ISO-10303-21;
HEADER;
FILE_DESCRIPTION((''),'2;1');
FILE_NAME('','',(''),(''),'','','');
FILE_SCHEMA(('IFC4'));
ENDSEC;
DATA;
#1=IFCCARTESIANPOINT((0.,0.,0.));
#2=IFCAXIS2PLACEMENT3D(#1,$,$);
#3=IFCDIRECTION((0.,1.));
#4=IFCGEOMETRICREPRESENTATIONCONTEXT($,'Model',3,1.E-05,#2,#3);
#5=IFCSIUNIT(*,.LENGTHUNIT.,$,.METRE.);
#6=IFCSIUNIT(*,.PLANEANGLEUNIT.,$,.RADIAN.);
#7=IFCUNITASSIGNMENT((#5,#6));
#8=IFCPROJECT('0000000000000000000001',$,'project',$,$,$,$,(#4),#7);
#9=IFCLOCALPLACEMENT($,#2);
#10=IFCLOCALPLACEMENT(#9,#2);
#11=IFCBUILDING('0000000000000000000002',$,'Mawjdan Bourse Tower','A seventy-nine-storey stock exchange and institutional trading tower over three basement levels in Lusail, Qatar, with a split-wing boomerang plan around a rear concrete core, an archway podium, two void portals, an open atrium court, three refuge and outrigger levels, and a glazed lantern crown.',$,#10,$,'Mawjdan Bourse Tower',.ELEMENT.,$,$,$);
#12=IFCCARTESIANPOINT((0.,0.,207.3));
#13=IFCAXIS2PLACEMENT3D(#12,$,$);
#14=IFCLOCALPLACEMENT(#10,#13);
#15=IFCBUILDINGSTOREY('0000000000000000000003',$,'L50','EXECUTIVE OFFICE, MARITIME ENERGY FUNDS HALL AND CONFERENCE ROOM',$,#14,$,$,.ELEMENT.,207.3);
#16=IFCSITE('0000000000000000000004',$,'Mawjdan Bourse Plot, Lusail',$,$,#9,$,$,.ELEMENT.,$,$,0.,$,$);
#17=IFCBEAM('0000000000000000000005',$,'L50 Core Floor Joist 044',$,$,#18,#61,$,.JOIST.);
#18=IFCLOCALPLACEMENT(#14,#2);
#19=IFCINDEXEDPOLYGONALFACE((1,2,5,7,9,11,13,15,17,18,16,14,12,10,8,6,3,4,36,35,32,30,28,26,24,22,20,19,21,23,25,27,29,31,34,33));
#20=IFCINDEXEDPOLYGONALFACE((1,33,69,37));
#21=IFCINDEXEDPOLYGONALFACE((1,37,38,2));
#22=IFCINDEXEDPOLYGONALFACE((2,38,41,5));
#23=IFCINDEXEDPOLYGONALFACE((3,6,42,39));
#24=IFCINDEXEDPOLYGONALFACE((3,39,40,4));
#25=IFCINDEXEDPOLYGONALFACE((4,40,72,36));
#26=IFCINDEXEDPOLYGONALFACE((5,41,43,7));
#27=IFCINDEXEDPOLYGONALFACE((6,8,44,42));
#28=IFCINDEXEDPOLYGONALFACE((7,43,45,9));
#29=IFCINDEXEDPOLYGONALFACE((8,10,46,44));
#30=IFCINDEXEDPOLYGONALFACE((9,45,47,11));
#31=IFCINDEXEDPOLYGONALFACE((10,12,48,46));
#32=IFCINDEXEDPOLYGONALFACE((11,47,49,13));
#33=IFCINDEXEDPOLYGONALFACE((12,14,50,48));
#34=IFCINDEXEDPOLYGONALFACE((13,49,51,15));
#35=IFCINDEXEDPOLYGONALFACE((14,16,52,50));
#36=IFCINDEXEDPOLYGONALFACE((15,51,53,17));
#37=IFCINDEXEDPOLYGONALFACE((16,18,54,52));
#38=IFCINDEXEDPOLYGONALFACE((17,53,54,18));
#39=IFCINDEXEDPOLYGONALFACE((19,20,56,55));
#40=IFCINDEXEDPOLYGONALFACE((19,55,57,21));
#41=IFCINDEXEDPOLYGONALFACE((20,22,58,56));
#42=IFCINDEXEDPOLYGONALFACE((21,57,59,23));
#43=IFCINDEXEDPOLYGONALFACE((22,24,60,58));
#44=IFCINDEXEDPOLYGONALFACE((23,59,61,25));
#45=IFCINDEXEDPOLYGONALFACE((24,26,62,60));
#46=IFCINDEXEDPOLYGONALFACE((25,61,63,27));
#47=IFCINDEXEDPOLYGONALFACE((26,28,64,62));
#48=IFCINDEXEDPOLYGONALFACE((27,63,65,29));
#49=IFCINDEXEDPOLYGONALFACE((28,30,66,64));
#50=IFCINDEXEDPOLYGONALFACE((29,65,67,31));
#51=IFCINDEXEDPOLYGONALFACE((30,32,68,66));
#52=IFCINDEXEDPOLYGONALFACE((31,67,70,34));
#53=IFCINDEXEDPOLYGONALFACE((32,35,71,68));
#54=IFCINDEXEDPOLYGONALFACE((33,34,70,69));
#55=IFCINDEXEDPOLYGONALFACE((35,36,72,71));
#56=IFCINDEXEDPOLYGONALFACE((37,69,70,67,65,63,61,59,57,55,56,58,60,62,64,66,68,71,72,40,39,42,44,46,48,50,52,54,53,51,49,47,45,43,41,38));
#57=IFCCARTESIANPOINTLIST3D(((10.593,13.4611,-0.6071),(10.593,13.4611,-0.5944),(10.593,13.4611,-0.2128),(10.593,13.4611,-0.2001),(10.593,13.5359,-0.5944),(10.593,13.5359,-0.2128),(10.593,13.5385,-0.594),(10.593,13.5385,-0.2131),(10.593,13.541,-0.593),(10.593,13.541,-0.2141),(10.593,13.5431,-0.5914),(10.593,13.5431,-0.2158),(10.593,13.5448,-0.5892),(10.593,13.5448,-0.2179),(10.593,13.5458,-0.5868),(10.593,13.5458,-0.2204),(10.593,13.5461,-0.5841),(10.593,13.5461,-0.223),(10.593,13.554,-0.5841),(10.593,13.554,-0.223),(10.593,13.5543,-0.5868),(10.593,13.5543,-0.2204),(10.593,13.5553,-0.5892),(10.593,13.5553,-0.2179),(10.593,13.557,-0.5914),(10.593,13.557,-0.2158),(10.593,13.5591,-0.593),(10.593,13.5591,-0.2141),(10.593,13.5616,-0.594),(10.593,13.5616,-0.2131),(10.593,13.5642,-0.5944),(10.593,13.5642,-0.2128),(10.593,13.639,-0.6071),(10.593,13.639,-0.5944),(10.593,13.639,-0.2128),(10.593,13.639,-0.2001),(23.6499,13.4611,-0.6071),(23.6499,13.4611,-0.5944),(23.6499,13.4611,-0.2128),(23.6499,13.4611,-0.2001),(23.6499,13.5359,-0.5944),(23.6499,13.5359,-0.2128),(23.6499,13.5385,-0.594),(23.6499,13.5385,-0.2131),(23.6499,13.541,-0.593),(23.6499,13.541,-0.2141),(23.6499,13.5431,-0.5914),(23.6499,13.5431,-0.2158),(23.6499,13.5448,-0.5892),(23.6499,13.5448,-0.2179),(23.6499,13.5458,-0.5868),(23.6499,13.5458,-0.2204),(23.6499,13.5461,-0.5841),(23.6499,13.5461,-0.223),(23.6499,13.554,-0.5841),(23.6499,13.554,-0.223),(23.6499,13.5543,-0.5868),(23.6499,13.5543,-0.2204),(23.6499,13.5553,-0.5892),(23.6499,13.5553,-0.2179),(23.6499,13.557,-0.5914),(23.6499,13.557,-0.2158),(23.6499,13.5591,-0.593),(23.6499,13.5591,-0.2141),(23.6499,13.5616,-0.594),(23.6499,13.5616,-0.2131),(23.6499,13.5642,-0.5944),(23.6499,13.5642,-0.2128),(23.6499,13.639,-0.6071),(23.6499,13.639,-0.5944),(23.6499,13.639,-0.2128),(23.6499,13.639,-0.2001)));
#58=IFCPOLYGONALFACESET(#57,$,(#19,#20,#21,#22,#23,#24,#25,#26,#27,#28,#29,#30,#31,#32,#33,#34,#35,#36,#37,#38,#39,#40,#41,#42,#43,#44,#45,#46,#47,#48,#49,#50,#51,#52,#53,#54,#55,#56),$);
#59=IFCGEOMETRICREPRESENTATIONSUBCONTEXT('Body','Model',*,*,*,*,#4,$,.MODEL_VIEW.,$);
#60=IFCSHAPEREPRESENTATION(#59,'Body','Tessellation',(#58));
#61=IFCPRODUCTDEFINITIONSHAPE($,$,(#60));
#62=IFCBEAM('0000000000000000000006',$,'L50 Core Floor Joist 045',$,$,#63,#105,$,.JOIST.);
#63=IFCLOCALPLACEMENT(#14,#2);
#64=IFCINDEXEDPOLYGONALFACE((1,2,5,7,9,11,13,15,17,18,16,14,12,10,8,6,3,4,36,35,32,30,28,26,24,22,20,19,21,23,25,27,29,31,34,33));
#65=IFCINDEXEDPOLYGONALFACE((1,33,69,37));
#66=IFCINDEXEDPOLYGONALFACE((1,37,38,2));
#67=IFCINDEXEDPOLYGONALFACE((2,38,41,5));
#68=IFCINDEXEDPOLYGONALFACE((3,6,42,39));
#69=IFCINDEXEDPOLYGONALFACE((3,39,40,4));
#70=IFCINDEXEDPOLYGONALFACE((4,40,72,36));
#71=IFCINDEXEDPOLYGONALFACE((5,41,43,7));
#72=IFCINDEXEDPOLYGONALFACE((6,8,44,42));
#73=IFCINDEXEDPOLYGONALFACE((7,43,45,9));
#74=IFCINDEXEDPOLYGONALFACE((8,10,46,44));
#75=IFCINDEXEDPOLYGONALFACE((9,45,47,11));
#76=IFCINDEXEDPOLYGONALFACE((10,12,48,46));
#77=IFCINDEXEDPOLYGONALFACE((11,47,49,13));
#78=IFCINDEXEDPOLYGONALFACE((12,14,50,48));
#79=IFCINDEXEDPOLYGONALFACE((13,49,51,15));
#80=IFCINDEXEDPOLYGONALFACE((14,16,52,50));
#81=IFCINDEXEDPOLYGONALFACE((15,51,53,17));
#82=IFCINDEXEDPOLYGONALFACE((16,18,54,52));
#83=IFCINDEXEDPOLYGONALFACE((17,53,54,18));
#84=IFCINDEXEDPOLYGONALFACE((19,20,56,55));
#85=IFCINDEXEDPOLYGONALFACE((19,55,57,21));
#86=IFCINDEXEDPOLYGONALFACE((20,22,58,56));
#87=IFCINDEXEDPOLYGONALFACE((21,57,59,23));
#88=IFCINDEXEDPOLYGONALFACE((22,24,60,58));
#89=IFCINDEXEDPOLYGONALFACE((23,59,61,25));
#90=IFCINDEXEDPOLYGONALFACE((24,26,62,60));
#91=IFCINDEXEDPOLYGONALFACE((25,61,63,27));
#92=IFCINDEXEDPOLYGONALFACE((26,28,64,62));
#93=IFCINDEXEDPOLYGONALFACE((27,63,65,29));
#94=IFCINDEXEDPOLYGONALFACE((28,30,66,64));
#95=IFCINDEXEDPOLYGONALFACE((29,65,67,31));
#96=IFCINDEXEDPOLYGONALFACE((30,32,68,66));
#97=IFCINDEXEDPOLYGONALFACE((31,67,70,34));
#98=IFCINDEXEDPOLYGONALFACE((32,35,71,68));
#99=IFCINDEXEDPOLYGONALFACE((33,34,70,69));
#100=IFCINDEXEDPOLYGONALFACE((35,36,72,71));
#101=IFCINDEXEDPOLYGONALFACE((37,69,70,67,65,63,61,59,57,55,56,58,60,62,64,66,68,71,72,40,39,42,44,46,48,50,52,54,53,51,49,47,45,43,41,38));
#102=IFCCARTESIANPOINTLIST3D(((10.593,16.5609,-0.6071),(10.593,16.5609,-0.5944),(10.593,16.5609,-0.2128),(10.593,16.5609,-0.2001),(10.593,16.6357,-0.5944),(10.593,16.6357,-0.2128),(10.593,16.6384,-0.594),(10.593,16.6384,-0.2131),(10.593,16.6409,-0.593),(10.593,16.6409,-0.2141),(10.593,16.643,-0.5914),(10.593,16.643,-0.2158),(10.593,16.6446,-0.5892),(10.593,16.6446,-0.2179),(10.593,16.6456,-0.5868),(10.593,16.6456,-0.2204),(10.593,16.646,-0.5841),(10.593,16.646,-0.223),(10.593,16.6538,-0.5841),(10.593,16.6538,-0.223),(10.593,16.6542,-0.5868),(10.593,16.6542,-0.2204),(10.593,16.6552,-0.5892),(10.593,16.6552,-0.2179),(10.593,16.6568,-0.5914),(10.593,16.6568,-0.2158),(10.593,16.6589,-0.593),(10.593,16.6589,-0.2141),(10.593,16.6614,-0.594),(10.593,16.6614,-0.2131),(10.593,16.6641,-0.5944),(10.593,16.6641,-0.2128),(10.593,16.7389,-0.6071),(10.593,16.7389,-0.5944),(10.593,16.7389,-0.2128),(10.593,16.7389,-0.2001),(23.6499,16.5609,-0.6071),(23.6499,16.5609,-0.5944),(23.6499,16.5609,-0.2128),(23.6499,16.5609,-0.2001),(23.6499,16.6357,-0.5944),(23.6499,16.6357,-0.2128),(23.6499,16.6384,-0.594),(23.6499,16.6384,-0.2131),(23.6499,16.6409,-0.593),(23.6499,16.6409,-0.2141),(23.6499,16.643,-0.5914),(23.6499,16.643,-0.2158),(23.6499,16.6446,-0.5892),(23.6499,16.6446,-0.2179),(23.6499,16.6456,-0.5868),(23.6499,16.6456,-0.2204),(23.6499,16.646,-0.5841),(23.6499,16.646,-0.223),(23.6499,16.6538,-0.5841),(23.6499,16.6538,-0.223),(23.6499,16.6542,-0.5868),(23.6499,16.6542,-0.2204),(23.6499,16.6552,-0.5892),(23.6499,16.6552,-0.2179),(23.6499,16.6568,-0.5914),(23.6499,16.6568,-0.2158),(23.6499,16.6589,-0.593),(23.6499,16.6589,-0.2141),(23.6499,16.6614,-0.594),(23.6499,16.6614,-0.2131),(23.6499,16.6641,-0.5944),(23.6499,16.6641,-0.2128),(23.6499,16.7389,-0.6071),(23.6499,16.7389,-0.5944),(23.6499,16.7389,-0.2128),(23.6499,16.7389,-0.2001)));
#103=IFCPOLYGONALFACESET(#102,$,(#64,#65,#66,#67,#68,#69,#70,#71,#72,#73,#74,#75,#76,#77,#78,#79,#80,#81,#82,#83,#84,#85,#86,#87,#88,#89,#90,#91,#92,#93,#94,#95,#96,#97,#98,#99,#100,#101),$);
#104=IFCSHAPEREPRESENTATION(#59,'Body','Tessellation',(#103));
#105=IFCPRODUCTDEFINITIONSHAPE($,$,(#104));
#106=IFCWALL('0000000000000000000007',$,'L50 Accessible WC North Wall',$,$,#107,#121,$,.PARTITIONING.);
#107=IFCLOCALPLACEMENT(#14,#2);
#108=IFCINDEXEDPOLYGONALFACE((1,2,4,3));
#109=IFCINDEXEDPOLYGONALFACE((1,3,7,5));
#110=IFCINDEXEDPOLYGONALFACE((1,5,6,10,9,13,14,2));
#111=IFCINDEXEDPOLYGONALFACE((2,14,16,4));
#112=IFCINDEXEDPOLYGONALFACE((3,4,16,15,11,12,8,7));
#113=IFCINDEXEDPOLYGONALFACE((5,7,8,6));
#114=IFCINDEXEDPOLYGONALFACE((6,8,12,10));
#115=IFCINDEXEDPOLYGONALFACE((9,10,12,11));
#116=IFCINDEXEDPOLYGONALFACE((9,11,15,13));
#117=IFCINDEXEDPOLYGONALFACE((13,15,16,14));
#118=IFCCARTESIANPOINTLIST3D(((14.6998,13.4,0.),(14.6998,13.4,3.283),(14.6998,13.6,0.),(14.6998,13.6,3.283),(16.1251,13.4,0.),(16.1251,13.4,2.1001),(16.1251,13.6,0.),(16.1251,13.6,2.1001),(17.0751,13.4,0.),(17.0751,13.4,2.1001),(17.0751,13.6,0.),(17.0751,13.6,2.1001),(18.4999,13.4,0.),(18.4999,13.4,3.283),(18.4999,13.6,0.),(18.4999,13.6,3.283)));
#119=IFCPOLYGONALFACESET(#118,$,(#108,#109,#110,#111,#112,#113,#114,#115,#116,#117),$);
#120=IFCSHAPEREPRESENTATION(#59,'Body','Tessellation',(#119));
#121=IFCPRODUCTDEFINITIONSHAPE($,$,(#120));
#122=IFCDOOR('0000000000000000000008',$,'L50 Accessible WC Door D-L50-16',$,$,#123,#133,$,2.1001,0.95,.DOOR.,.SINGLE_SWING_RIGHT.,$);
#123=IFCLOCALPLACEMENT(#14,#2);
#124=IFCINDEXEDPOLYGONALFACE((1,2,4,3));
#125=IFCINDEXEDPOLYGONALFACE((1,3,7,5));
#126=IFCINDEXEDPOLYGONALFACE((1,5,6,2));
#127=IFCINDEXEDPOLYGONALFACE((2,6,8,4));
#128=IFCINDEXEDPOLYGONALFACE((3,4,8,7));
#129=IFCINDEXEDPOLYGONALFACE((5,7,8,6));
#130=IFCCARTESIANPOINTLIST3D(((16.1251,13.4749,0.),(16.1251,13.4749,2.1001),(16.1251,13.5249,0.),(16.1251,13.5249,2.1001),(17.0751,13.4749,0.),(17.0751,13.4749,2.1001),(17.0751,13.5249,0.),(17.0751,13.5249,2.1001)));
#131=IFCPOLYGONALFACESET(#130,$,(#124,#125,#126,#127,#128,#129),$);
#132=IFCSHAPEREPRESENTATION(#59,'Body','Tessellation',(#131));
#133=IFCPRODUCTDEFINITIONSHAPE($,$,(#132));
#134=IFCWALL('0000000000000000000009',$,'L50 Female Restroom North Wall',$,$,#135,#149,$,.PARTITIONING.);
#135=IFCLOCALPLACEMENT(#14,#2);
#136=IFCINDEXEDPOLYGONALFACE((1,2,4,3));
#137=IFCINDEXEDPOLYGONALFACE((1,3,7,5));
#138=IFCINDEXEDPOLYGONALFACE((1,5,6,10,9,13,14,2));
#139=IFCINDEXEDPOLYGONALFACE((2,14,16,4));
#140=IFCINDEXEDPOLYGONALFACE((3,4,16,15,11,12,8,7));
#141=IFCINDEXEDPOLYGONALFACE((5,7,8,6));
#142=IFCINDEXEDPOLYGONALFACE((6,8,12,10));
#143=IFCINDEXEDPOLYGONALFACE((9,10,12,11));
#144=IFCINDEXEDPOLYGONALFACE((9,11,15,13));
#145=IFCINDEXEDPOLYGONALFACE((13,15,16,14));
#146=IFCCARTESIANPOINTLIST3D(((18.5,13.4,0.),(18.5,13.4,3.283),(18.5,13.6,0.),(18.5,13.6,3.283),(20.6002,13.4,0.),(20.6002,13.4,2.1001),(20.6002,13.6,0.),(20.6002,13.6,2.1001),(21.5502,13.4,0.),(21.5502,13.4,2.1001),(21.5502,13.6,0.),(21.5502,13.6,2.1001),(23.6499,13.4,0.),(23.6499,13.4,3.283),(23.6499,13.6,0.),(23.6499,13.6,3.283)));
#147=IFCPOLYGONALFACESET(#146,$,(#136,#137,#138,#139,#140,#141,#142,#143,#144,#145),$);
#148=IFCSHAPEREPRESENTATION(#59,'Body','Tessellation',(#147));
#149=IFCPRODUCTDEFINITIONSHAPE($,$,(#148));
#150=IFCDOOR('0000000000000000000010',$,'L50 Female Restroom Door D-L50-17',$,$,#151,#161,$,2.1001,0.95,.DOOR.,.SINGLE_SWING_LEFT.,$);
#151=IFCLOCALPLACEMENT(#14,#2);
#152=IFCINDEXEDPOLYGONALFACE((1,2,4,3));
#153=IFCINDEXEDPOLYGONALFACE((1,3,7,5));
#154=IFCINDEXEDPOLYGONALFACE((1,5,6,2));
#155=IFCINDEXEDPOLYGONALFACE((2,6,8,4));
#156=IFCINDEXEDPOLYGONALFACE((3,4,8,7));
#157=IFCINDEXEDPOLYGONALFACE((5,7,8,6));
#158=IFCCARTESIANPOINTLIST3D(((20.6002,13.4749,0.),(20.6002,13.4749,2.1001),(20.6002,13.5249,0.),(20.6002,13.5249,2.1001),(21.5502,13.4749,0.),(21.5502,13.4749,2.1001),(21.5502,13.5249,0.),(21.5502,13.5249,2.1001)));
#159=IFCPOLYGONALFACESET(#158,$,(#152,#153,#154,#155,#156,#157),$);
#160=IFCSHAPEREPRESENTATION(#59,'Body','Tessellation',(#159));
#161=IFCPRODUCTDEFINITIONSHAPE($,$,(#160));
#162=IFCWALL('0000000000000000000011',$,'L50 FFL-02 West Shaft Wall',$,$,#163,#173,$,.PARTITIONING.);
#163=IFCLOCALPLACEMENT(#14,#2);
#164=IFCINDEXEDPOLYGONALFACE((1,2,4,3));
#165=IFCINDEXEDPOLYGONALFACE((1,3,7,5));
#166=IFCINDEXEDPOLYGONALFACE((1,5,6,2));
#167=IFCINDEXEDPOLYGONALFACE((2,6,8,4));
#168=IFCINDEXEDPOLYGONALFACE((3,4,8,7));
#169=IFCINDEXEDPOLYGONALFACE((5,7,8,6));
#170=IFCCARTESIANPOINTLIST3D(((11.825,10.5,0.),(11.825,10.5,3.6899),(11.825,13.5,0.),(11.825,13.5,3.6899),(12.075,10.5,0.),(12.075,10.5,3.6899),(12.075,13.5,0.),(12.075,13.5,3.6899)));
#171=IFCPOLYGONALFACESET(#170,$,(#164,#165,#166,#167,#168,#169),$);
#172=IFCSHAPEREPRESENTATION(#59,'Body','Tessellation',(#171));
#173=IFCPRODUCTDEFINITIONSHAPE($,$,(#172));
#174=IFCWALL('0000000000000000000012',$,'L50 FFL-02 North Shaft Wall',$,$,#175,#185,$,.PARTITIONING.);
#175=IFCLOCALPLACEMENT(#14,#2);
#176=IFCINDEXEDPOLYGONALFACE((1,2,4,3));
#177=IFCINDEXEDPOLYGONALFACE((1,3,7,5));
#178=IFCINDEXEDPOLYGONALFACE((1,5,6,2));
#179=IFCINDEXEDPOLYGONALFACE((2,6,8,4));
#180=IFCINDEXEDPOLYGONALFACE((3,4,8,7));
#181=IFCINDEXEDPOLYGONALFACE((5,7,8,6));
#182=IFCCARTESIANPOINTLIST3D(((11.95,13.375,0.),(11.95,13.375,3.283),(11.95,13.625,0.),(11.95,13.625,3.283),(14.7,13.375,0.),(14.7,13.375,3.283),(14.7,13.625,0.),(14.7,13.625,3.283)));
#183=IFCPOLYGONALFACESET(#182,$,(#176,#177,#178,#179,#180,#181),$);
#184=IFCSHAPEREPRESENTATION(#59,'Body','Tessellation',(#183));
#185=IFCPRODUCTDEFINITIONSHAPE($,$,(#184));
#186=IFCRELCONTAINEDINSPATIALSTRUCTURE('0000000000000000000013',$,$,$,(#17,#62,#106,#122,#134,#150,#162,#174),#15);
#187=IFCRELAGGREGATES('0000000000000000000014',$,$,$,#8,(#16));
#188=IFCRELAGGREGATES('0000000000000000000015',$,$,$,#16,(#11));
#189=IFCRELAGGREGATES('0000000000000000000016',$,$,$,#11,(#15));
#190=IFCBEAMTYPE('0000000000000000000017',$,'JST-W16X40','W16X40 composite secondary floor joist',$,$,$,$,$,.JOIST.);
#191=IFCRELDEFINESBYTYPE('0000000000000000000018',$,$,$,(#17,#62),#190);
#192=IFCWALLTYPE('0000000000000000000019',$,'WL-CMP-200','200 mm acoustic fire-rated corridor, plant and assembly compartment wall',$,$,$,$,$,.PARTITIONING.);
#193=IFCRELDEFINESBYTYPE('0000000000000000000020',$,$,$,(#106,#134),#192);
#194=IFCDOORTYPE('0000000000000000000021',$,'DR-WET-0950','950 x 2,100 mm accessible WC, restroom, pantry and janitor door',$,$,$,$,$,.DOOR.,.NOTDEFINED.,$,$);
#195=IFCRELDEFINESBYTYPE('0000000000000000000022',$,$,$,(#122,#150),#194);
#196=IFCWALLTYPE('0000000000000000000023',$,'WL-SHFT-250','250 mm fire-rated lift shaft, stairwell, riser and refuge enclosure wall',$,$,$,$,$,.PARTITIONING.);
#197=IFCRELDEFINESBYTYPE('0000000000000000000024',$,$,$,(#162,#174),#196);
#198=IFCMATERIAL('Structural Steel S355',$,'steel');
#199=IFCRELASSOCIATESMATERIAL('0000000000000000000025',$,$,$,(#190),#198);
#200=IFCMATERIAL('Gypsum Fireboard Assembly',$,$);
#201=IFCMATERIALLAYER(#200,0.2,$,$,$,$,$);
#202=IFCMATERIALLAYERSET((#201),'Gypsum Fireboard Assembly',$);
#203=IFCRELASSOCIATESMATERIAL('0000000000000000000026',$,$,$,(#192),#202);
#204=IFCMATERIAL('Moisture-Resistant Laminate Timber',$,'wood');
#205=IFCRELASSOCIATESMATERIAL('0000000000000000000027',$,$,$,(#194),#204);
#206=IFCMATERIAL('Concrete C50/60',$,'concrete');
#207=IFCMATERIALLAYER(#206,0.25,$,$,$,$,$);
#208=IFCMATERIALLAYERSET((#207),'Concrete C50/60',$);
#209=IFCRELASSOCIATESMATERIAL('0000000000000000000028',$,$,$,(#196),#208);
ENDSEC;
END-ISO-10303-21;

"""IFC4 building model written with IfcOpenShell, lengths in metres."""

from ifc_helpers import new_model, si_unit, direction, frame, frame_2d, origin, origin_2d, place, context, subcontext, project, spatial, rectangle, i_section, extrude, material, layer, layer_set, material_profile, profile_set, type_object, element, fill, save


model = new_model("IFC4")

# Units and contexts
model_context = context("Model", 3, precision=1e-05, world=origin(), true_north=direction((0.0, 1.0)))
body_context = subcontext(model_context, "Body", "Model", "MODEL_VIEW")
ifc_project = project(units=[si_unit("LENGTHUNIT", "METRE"), si_unit("PLANEANGLEUNIT", "RADIAN")], contexts=[model_context])

# Site, building, storey
site_placement = place(None, origin())
site = spatial("IfcSite", under=ifc_project, at=site_placement, Name="Mawjdan Bourse Plot, Lusail", CompositionType="ELEMENT", RefElevation=0.0)
building_placement = place(site_placement, origin())
building = spatial("IfcBuilding", under=site, at=building_placement, Name="Mawjdan Bourse Tower", Description="A seventy-nine-storey stock exchange and institutional trading tower over three basement levels in Lusail, Qatar, with a split-wing boomerang plan around a rear concrete core, an archway podium, two void portals, an open atrium court, three refuge and outrigger levels, and a glazed lantern crown.", LongName="Mawjdan Bourse Tower", CompositionType="ELEMENT")
storey_placement = place(building_placement, frame((0.0, 0.0, 207.3)))
storey = spatial("IfcBuildingStorey", under=building, at=storey_placement, Name="L50", Description="EXECUTIVE OFFICE, MARITIME ENERGY FUNDS HALL AND CONFERENCE ROOM", CompositionType="ELEMENT", Elevation=207.3)

# Beams
ifc_material_1 = material(Name="Structural Steel S355", Category="steel")
ifc_material_profile = material_profile(ifc_material_1, i_section(OverallWidth=0.178, OverallDepth=0.407, WebThickness=0.0078, FlangeThickness=0.0127, FilletRadius=0.0103, at=origin_2d()), Name="W16X40")
ifc_profile_set = profile_set([ifc_material_profile], Name="Structural Steel S355")
beam_type = type_object("IfcBeamType", Name="JST-W16X40", Description="W16X40 composite secondary floor joist", PredefinedType="JOIST", material=ifc_profile_set)
for number, where, z_axis, x_axis, name in (
    (1, (10.593, 13.55, -0.4036), (1.0, 0.0, 0.0), (0.0, 1.0, 0.0), "L50 Core Floor Joist 044"),
    (2, (10.593, 16.6499, -0.4036), (1.0, 0.0, 0.0), (0.0, 1.0, 0.0), "L50 Core Floor Joist 045"),
):
    element("IfcBeam", number, at=place(storey_placement, frame(where, z_axis=z_axis, x_axis=x_axis)), inside=storey, type_object=beam_type, Name=name, PredefinedType="JOIST", context=body_context, shape_type="SweptSolid", body=[
        extrude(i_section(OverallWidth=0.178, OverallDepth=0.407, WebThickness=0.0078, FlangeThickness=0.0127, FilletRadius=0.0103, at=origin_2d()), origin(), (0.0, 0.0, 1.0), 13.0569),
    ])

# Walls, openings, doors
ifc_material_2 = material(Name="Gypsum Fireboard Assembly")
ifc_layer_1 = layer(ifc_material_2, 0.2)
ifc_layer_set_1 = layer_set([ifc_layer_1], Name="Gypsum Fireboard Assembly")
wall_type_1 = type_object("IfcWallType", Name="WL-CMP-200", Description="200 mm acoustic fire-rated corridor, plant and assembly compartment wall", PredefinedType="PARTITIONING", material=ifc_layer_set_1)
wall_1_placement = place(storey_placement, frame((14.7, 13.5, 0.0), z_axis=(0.0, 0.0, 1.0), x_axis=(1.0, 0.0, 0.0)))
wall_1 = element("IfcWall", 3, at=wall_1_placement, inside=storey, type_object=wall_type_1, Name="L50 Accessible WC North Wall", PredefinedType="PARTITIONING", context=body_context, shape_type="SweptSolid", body=[
    extrude(rectangle(XDim=3.8, YDim=0.2, at=frame_2d((1.8999, 0.0))), origin(), (0.0, 0.0, 1.0), 3.283),
])
opening_1_placement = place(wall_1_placement, frame((1.425, 0.0, 0.0)))
opening_1 = element("IfcOpeningElement", 4, at=opening_1_placement, cuts=wall_1, PredefinedType="OPENING", context=body_context, shape_type="SweptSolid", body=[
    extrude(rectangle(XDim=0.95, YDim=2.1001, at=frame_2d((0.4751, 1.05))), frame((0.0, 0.1099, 0.0), z_axis=(0.0, -1.0, 0.0), x_axis=(1.0, 0.0, 0.0)), (0.0, 0.0, 1.0), 0.22),
])
ifc_material_3 = material(Name="Moisture-Resistant Laminate Timber", Category="wood")
door_type_1 = type_object("IfcDoorType", Name="DR-WET-0950", Description="950 x 2,100 mm accessible WC, restroom, pantry and janitor door", OperationType="NOTDEFINED", PredefinedType="DOOR", material=ifc_material_3)
door_1_placement = place(opening_1_placement, origin())
door_1 = element("IfcDoor", 5, at=door_1_placement, inside=storey, type_object=door_type_1, Name="L50 Accessible WC Door D-L50-16", OperationType="SINGLE_SWING_RIGHT", OverallHeight=2.1001, OverallWidth=0.95, PredefinedType="DOOR", context=body_context, shape_type="SweptSolid", body=[
    extrude(rectangle(XDim=0.95, YDim=2.1001, at=frame_2d((0.4751, 1.05))), frame((0.0, 0.0249, 0.0), z_axis=(0.0, -1.0, 0.0), x_axis=(1.0, 0.0, 0.0)), (0.0, 0.0, 1.0), 0.05),
])
fill(opening_1, door_1)
wall_2_placement = place(storey_placement, frame((18.5, 13.5, 0.0), z_axis=(0.0, 0.0, 1.0), x_axis=(1.0, 0.0, 0.0)))
wall_2 = element("IfcWall", 6, at=wall_2_placement, inside=storey, type_object=wall_type_1, Name="L50 Female Restroom North Wall", PredefinedType="PARTITIONING", context=body_context, shape_type="SweptSolid", body=[
    extrude(rectangle(XDim=5.1499, YDim=0.2, at=frame_2d((2.575, 0.0))), origin(), (0.0, 0.0, 1.0), 3.283),
])
opening_2_placement = place(wall_2_placement, frame((2.1001, 0.0, 0.0)))
opening_2 = element("IfcOpeningElement", 7, at=opening_2_placement, cuts=wall_2, PredefinedType="OPENING", context=body_context, shape_type="SweptSolid", body=[
    extrude(rectangle(XDim=0.95, YDim=2.1001, at=frame_2d((0.4751, 1.05))), frame((0.0, 0.1099, 0.0), z_axis=(0.0, -1.0, 0.0), x_axis=(1.0, 0.0, 0.0)), (0.0, 0.0, 1.0), 0.22),
])
door_2_placement = place(opening_2_placement, origin())
door_2 = element("IfcDoor", 8, at=door_2_placement, inside=storey, type_object=door_type_1, Name="L50 Female Restroom Door D-L50-17", OperationType="SINGLE_SWING_LEFT", OverallHeight=2.1001, OverallWidth=0.95, PredefinedType="DOOR", context=body_context, shape_type="SweptSolid", body=[
    extrude(rectangle(XDim=0.95, YDim=2.1001, at=frame_2d((0.4751, 1.05))), frame((0.0, 0.0249, 0.0), z_axis=(0.0, -1.0, 0.0), x_axis=(1.0, 0.0, 0.0)), (0.0, 0.0, 1.0), 0.05),
])
fill(opening_2, door_2)

# Walls
ifc_material_4 = material(Name="Concrete C50/60", Category="concrete")
ifc_layer_2 = layer(ifc_material_4, 0.25)
ifc_layer_set_2 = layer_set([ifc_layer_2], Name="Concrete C50/60")
wall_type_2 = type_object("IfcWallType", Name="WL-SHFT-250", Description="250 mm fire-rated lift shaft, stairwell, riser and refuge enclosure wall", PredefinedType="PARTITIONING", material=ifc_layer_set_2)
wall_3_placement = place(storey_placement, frame((11.95, 10.5, 0.0), z_axis=(0.0, 0.0, 1.0), x_axis=(0.0, 1.0, 0.0)))
element("IfcWall", 9, at=wall_3_placement, inside=storey, type_object=wall_type_2, Name="L50 FFL-02 West Shaft Wall", PredefinedType="PARTITIONING", context=body_context, shape_type="SweptSolid", body=[
    extrude(rectangle(XDim=3.0, YDim=0.25, at=frame_2d((1.5, 0.0))), origin(), (0.0, 0.0, 1.0), 3.6899),
])
wall_4_placement = place(storey_placement, frame((11.95, 13.5, 0.0), z_axis=(0.0, 0.0, 1.0), x_axis=(1.0, 0.0, 0.0)))
element("IfcWall", 10, at=wall_4_placement, inside=storey, type_object=wall_type_2, Name="L50 FFL-02 North Shaft Wall", PredefinedType="PARTITIONING", context=body_context, shape_type="SweptSolid", body=[
    extrude(rectangle(XDim=2.75, YDim=0.25, at=frame_2d((1.375, 0.0))), origin(), (0.0, 0.0, 1.0), 3.283),
])

save(model, "model.ifc")
